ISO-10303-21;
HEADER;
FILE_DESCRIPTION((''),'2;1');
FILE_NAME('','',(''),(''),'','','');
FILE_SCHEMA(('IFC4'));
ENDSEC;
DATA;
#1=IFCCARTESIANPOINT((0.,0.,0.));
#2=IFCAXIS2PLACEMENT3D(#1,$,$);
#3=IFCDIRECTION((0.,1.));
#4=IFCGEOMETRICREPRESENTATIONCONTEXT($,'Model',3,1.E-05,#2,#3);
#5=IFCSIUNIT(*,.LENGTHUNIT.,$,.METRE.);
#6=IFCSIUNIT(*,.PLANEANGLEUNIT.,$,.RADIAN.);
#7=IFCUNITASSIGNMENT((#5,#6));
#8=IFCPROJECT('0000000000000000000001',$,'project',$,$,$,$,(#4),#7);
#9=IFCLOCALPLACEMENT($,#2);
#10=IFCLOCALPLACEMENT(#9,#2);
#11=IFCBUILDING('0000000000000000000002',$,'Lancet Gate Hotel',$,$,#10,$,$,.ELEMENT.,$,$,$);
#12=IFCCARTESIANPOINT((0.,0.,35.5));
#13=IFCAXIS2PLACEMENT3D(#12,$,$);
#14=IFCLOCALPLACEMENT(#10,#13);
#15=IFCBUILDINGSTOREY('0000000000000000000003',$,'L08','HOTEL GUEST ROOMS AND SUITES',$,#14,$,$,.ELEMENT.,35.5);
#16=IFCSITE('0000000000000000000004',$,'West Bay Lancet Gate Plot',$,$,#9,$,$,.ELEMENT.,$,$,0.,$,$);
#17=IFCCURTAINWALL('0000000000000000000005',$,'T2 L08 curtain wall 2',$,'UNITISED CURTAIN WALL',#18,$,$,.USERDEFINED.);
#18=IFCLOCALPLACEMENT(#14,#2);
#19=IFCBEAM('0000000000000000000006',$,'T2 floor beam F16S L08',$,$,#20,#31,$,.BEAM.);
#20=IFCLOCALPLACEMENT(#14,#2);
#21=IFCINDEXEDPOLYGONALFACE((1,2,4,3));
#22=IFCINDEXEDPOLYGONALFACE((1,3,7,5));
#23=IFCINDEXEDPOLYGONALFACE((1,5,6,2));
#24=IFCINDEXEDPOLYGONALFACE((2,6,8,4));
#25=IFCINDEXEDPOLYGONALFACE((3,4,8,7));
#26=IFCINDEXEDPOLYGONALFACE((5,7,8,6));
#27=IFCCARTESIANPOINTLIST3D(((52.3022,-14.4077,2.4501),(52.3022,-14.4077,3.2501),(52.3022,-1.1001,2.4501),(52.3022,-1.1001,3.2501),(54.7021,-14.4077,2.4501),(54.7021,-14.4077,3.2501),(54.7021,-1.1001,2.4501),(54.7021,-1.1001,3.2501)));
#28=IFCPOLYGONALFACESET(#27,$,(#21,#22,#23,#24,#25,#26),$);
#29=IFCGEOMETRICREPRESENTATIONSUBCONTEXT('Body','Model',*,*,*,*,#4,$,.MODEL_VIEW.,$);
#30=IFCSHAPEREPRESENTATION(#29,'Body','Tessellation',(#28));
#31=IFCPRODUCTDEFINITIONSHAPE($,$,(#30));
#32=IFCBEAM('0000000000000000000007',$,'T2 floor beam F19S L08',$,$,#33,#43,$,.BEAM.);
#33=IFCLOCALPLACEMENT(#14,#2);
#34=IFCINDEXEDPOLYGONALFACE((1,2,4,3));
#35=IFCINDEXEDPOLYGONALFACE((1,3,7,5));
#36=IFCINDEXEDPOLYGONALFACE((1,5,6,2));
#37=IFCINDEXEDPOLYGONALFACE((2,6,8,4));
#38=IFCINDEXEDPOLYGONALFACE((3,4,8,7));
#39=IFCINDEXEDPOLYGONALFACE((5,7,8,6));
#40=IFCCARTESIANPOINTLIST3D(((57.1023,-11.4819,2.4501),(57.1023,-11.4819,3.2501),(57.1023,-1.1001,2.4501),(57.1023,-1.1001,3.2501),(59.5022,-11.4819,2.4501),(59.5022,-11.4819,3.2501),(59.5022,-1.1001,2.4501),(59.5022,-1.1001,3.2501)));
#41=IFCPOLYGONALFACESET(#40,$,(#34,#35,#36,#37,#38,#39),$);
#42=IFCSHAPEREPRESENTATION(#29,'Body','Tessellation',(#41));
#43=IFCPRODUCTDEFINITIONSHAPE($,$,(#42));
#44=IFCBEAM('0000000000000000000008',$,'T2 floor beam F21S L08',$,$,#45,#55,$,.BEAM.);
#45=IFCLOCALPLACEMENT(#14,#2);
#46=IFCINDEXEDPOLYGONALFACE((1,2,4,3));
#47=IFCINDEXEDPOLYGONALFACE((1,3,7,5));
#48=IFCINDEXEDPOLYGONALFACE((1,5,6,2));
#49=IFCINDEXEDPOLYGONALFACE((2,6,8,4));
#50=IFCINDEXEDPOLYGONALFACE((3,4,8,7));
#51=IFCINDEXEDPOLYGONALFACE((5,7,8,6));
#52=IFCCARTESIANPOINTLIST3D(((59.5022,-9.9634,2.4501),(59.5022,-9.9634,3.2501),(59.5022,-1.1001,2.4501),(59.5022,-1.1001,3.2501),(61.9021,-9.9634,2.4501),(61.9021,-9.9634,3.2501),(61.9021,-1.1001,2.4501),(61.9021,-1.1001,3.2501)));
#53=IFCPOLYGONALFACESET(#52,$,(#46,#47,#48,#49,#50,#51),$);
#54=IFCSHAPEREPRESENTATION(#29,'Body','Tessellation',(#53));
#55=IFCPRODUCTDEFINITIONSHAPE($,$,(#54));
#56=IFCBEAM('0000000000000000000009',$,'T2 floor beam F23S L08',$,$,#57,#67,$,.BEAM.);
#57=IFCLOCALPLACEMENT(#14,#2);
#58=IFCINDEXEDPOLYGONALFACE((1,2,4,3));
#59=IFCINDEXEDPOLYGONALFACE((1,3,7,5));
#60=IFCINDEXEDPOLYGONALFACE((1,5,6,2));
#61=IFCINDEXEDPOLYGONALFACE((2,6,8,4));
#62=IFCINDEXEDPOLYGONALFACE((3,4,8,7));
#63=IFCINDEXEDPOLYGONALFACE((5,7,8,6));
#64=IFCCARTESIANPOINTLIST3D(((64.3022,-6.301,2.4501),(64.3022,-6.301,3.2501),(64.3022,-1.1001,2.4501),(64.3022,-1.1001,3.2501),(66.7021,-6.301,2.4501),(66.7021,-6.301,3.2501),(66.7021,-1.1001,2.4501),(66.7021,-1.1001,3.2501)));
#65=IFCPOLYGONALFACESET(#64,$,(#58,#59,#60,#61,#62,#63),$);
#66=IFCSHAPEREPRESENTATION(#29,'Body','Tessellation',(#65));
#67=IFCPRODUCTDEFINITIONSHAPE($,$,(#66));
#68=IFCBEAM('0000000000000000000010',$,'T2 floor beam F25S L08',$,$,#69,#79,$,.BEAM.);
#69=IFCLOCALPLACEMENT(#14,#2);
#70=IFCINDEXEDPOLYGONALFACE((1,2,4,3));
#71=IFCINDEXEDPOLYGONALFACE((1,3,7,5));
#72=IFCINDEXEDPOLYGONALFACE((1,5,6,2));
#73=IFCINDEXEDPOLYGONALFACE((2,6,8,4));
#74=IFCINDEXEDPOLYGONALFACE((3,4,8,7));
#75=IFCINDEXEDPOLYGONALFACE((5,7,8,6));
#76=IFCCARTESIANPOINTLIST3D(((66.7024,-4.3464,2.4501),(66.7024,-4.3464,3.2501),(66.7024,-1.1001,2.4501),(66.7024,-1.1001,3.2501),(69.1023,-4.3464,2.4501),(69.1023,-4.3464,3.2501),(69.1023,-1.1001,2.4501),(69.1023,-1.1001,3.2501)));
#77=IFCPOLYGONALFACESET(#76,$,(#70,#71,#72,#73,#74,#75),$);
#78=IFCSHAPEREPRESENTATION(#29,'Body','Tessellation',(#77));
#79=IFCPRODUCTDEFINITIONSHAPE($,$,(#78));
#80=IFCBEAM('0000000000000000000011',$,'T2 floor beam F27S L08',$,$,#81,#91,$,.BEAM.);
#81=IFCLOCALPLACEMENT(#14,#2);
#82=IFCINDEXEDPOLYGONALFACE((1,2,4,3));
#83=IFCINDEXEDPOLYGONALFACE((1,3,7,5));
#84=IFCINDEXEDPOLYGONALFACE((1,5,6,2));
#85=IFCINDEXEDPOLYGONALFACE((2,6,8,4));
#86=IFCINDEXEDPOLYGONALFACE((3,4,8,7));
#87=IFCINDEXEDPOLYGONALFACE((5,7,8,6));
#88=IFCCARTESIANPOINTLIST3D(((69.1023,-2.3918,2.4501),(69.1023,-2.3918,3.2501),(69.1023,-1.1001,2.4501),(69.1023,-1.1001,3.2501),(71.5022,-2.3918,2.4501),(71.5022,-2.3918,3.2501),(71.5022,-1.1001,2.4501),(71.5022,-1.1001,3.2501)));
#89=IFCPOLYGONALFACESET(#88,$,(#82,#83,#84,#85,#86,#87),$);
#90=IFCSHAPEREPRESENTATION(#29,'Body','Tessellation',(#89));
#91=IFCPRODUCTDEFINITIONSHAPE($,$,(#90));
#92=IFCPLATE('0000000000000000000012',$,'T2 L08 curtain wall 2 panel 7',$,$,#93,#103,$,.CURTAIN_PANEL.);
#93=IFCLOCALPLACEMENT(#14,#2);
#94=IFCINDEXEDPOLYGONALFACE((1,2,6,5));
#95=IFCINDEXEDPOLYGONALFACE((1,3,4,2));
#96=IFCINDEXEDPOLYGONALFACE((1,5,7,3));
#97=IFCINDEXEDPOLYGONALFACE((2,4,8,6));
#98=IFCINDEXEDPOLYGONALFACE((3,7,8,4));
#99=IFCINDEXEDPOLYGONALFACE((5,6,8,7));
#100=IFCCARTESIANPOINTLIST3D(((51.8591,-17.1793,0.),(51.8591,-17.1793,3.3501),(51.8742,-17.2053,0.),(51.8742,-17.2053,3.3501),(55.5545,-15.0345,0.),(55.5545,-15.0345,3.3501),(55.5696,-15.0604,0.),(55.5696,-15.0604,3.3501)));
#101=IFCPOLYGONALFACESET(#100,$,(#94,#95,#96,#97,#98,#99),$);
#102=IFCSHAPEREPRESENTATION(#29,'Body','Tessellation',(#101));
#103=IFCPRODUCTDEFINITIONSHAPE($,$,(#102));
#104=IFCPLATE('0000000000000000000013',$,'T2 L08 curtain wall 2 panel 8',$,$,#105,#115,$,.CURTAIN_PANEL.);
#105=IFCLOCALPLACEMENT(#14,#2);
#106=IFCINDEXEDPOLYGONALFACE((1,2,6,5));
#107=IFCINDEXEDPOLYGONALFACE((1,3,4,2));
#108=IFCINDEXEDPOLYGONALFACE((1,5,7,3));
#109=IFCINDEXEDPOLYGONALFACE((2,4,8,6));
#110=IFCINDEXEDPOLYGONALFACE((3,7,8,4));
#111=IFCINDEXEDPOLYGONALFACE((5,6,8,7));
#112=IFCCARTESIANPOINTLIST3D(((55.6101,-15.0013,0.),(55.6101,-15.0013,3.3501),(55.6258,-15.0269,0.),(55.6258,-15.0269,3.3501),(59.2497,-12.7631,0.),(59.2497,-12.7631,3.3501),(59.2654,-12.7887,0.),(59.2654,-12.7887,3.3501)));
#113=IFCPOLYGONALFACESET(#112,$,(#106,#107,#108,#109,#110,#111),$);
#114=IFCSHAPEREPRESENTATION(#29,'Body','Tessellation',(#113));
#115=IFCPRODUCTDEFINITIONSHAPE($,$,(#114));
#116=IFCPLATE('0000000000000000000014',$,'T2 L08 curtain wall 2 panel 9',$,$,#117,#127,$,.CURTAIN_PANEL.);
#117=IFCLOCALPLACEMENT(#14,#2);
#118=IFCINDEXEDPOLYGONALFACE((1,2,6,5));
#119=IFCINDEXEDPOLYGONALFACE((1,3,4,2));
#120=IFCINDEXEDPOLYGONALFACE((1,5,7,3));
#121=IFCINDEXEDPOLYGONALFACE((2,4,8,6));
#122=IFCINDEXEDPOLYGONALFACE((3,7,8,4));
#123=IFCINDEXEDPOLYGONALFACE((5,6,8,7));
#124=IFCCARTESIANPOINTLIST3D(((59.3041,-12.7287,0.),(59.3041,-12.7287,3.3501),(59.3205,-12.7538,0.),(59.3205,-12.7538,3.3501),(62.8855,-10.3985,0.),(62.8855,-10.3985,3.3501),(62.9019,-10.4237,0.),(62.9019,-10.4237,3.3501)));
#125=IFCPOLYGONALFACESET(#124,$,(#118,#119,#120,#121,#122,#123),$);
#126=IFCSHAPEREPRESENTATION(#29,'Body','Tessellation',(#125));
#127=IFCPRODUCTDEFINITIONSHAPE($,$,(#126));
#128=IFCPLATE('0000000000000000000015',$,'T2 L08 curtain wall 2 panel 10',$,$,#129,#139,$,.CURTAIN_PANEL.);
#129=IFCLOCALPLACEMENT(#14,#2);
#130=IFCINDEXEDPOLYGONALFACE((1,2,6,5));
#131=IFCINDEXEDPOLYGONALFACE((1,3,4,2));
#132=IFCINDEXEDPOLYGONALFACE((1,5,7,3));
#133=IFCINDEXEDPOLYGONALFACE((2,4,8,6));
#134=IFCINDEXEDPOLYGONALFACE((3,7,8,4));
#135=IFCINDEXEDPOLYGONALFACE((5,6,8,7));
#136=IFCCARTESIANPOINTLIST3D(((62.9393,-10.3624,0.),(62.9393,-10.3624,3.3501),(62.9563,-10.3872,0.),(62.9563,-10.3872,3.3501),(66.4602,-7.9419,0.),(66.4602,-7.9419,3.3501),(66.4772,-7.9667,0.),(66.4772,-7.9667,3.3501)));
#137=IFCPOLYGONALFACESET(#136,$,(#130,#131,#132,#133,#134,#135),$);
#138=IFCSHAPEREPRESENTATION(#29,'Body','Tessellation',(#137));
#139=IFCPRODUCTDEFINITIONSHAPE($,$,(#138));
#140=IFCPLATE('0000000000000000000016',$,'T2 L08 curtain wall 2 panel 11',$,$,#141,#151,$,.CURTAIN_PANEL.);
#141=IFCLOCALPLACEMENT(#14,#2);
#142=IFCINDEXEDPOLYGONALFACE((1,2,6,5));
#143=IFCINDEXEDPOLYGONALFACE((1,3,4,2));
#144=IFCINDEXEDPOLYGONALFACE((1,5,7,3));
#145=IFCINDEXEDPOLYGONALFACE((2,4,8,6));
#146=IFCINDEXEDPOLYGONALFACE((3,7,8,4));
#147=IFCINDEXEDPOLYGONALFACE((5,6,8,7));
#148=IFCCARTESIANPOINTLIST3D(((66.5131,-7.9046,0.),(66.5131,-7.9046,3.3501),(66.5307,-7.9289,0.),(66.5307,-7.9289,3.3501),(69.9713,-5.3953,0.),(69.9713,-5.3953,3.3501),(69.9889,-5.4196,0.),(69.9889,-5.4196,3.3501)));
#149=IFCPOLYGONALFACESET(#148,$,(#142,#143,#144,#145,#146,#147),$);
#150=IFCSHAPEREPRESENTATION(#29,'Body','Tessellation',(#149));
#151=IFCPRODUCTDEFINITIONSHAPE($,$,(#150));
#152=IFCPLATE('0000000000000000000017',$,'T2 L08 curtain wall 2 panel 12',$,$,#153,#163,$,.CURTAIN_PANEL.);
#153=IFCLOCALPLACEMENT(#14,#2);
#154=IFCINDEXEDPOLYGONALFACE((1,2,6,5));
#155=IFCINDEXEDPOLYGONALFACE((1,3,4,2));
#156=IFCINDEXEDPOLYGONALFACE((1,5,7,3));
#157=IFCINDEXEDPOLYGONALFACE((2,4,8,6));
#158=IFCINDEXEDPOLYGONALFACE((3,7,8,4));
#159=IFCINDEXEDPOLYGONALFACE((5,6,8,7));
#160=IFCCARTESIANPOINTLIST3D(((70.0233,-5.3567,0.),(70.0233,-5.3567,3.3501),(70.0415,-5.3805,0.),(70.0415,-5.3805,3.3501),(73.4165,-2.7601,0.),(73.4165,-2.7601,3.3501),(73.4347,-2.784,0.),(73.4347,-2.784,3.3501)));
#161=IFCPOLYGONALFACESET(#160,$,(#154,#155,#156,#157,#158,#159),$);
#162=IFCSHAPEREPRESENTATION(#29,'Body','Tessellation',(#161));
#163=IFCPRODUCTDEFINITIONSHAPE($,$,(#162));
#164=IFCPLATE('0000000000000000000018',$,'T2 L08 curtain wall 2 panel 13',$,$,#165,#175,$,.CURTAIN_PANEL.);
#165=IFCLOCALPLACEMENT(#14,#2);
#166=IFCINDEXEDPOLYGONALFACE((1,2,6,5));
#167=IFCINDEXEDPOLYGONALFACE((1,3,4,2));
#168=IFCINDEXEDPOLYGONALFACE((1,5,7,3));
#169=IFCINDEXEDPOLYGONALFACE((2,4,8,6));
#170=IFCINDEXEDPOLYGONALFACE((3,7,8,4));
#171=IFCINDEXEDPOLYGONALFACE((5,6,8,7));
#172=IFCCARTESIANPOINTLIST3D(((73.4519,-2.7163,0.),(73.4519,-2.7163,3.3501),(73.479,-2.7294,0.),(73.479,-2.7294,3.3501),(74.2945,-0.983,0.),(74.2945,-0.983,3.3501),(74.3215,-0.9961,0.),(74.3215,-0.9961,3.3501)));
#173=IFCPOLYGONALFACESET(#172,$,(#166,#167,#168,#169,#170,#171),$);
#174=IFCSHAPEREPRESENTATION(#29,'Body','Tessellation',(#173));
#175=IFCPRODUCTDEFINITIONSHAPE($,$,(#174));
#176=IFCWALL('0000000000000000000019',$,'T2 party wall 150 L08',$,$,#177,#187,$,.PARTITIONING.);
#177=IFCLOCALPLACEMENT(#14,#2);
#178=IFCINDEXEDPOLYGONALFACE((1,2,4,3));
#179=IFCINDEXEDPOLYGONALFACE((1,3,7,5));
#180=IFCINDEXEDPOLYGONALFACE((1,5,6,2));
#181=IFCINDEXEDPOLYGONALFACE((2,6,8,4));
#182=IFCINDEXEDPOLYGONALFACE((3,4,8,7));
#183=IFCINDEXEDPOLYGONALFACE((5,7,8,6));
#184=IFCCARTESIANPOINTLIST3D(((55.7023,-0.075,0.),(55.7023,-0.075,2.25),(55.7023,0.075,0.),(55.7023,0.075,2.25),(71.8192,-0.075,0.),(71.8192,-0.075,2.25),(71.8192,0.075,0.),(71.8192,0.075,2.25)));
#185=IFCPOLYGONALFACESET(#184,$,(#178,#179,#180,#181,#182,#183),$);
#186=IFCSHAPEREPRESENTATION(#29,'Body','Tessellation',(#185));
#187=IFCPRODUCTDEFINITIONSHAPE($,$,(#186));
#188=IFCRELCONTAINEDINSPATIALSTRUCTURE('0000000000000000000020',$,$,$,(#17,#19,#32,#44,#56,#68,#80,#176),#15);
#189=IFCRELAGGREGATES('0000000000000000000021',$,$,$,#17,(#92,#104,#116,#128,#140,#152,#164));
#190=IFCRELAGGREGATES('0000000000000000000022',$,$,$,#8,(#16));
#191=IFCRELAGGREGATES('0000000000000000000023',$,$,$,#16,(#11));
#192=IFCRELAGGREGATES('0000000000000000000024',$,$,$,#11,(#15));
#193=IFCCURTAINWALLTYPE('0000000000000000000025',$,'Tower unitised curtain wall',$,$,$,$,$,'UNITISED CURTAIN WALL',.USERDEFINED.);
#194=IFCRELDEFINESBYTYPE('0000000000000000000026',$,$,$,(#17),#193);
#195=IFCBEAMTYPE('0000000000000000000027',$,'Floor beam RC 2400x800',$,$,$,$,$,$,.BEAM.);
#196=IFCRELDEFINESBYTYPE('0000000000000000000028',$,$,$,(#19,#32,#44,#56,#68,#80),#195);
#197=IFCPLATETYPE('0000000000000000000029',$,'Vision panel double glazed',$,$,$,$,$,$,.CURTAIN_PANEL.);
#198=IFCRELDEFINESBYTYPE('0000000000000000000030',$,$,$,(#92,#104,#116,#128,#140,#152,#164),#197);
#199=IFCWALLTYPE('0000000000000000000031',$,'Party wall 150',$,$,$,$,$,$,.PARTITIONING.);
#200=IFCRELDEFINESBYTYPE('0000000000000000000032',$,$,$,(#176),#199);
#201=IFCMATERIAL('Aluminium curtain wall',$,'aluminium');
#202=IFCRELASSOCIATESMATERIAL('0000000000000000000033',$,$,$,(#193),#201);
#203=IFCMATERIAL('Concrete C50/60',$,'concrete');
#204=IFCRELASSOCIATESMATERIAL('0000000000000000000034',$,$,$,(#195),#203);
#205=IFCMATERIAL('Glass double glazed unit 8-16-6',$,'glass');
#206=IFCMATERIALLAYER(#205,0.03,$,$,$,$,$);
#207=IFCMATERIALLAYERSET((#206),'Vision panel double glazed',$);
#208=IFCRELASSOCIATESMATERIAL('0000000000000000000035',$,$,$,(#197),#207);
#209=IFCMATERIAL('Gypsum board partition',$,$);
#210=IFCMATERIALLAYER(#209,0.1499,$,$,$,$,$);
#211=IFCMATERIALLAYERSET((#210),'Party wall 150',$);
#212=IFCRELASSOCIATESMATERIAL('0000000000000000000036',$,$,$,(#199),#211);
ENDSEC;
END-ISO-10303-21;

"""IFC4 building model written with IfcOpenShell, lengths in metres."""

from ifc_helpers import new_model, si_unit, direction, frame, frame_2d, origin, origin_2d, place, context, subcontext, project, spatial, rectangle, extrude, material, layer, layer_set, material_profile, profile_set, type_object, element, aggregate, save


model = new_model("IFC4")

# Units and contexts
model_context = context("Model", 3, precision=1e-05, world=origin(), true_north=direction((0.0, 1.0)))
body_context = subcontext(model_context, "Body", "Model", "MODEL_VIEW")
ifc_project = project(units=[si_unit("LENGTHUNIT", "METRE"), si_unit("PLANEANGLEUNIT", "RADIAN")], contexts=[model_context])

# Site, building, storey
site_placement = place(None, origin())
site = spatial("IfcSite", under=ifc_project, at=site_placement, Name="West Bay Lancet Gate Plot", CompositionType="ELEMENT", RefElevation=0.0)
building_placement = place(site_placement, origin())
building = spatial("IfcBuilding", under=site, at=building_placement, Name="Lancet Gate Hotel", CompositionType="ELEMENT")
storey_placement = place(building_placement, frame((0.0, 0.0, 35.5)))
storey = spatial("IfcBuildingStorey", under=building, at=storey_placement, Name="L08", Description="HOTEL GUEST ROOMS AND SUITES", CompositionType="ELEMENT", Elevation=35.5)

# Curtain wall
ifc_material_1 = material(Name="Aluminium curtain wall", Category="aluminium")
curtain_wall_type = type_object("IfcCurtainWallType", Name="Tower unitised curtain wall", ElementType="UNITISED CURTAIN WALL", PredefinedType="USERDEFINED", material=ifc_material_1)
curtain_wall_placement = place(storey_placement, origin())
curtain_wall = element("IfcCurtainWall", 1, at=curtain_wall_placement, inside=storey, type_object=curtain_wall_type, Name="T2 L08 curtain wall 2", ObjectType="UNITISED CURTAIN WALL", PredefinedType="USERDEFINED")

# Beams
ifc_material_2 = material(Name="Concrete C50/60", Category="concrete")
ifc_material_profile_1 = material_profile(ifc_material_2, rectangle(XDim=2.3999, YDim=0.8, at=origin_2d()), Name="RC 2400x800")
ifc_profile_set_1 = profile_set([ifc_material_profile_1], Name="Concrete C50/60")
beam_type_1 = type_object("IfcBeamType", Name="Floor beam RC 2400x800", PredefinedType="BEAM", material=ifc_profile_set_1)
beam_1_placement = place(storey_placement, frame((53.5022, -14.4077, 2.8501), z_axis=(0.0, 1.0, 0.0), x_axis=(-1.0, 0.0, 0.0)))
element("IfcBeam", 2, at=beam_1_placement, inside=storey, type_object=beam_type_1, Name="T2 floor beam F16S L08", PredefinedType="BEAM", context=body_context, shape_type="SweptSolid", body=[
    extrude(rectangle(XDim=2.3999, YDim=0.8, at=origin_2d()), origin(), (0.0, 0.0, 1.0), 13.3076),
])
beam_2_placement = place(storey_placement, frame((58.3022, -11.4819, 2.8501), z_axis=(0.0, 1.0, 0.0), x_axis=(-1.0, 0.0, 0.0)))
element("IfcBeam", 3, at=beam_2_placement, inside=storey, type_object=beam_type_1, Name="T2 floor beam F19S L08", PredefinedType="BEAM", context=body_context, shape_type="SweptSolid", body=[
    extrude(rectangle(XDim=2.3999, YDim=0.8, at=origin_2d()), origin(), (0.0, 0.0, 1.0), 10.3818),
])
beam_3_placement = place(storey_placement, frame((60.7021, -9.9634, 2.8501), z_axis=(0.0, 1.0, 0.0), x_axis=(-1.0, 0.0, 0.0)))
element("IfcBeam", 4, at=beam_3_placement, inside=storey, type_object=beam_type_1, Name="T2 floor beam F21S L08", PredefinedType="BEAM", context=body_context, shape_type="SweptSolid", body=[
    extrude(rectangle(XDim=2.3999, YDim=0.8, at=origin_2d()), origin(), (0.0, 0.0, 1.0), 8.8633),
])
beam_4_placement = place(storey_placement, frame((65.5022, -6.301, 2.8501), z_axis=(0.0, 1.0, 0.0), x_axis=(-1.0, 0.0, 0.0)))
element("IfcBeam", 5, at=beam_4_placement, inside=storey, type_object=beam_type_1, Name="T2 floor beam F23S L08", PredefinedType="BEAM", context=body_context, shape_type="SweptSolid", body=[
    extrude(rectangle(XDim=2.3999, YDim=0.8, at=origin_2d()), origin(), (0.0, 0.0, 1.0), 5.2009),
])
beam_5_placement = place(storey_placement, frame((67.9023, -4.3464, 2.8501), z_axis=(0.0, 1.0, 0.0), x_axis=(-1.0, 0.0, 0.0)))
element("IfcBeam", 6, at=beam_5_placement, inside=storey, type_object=beam_type_1, Name="T2 floor beam F25S L08", PredefinedType="BEAM", context=body_context, shape_type="SweptSolid", body=[
    extrude(rectangle(XDim=2.3999, YDim=0.8, at=origin_2d()), origin(), (0.0, 0.0, 1.0), 3.2463),
])
beam_6_placement = place(storey_placement, frame((70.3022, -2.3918, 2.8501), z_axis=(0.0, 1.0, 0.0), x_axis=(-1.0, 0.0, 0.0)))
element("IfcBeam", 7, at=beam_6_placement, inside=storey, type_object=beam_type_1, Name="T2 floor beam F27S L08", PredefinedType="BEAM", context=body_context, shape_type="SweptSolid", body=[
    extrude(rectangle(XDim=2.3999, YDim=0.8, at=origin_2d()), origin(), (0.0, 0.0, 1.0), 1.2917),
])

# Plates
ifc_material_3 = material(Name="Glass double glazed unit 8-16-6", Category="glass")
ifc_layer_1 = layer(ifc_material_3, 0.03)
ifc_layer_set_1 = layer_set([ifc_layer_1], Name="Vision panel double glazed")
plate_type = type_object("IfcPlateType", Name="Vision panel double glazed", PredefinedType="CURTAIN_PANEL", material=ifc_layer_set_1)
plate_1_placement = place(storey_placement, frame((53.7144, -16.1199, 0.0), z_axis=(0.0, 0.0, 1.0), x_axis=(0.864872, 0.501993, 0.0)))
plate_1 = element("IfcPlate", 8, at=plate_1_placement, type_object=plate_type, Name="T2 L08 curtain wall 2 panel 7", PredefinedType="CURTAIN_PANEL", context=body_context, shape_type="SweptSolid", body=[
    extrude(rectangle(XDim=4.2727, YDim=0.03, at=origin_2d()), origin(), (0.0, 0.0, 1.0), 3.3501),
])
plate_2_placement = place(storey_placement, frame((57.4377, -13.895, 0.0), z_axis=(0.0, 0.0, 1.0), x_axis=(0.851815, 0.523842, 0.0)))
plate_2 = element("IfcPlate", 9, at=plate_2_placement, type_object=plate_type, Name="T2 L08 curtain wall 2 panel 8", PredefinedType="CURTAIN_PANEL", context=body_context, shape_type="SweptSolid", body=[
    extrude(rectangle(XDim=4.2727, YDim=0.03, at=origin_2d()), origin(), (0.0, 0.0, 1.0), 3.3501),
])
plate_3_placement = place(storey_placement, frame((61.103, -11.5762, 0.0), z_axis=(0.0, 0.0, 1.0), x_axis=(0.838207, 0.545353, 0.0)))
plate_3 = element("IfcPlate", 10, at=plate_3_placement, type_object=plate_type, Name="T2 L08 curtain wall 2 panel 9", PredefinedType="CURTAIN_PANEL", context=body_context, shape_type="SweptSolid", body=[
    extrude(rectangle(XDim=4.2727, YDim=0.03, at=origin_2d()), origin(), (0.0, 0.0, 1.0), 3.3501),
])
plate_4_placement = place(storey_placement, frame((64.7083, -9.1646, 0.0), z_axis=(0.0, 0.0, 1.0), x_axis=(0.824055, 0.566509, 0.0)))
plate_4 = element("IfcPlate", 11, at=plate_4_placement, type_object=plate_type, Name="T2 L08 curtain wall 2 panel 10", PredefinedType="CURTAIN_PANEL", context=body_context, shape_type="SweptSolid", body=[
    extrude(rectangle(XDim=4.2727, YDim=0.03, at=origin_2d()), origin(), (0.0, 0.0, 1.0), 3.3501),
])
plate_5_placement = place(storey_placement, frame((68.251, -6.6621, 0.0), z_axis=(0.0, 0.0, 1.0), x_axis=(0.80937, 0.587299, 0.0)))
plate_5 = element("IfcPlate", 12, at=plate_5_placement, type_object=plate_type, Name="T2 L08 curtain wall 2 panel 11", PredefinedType="CURTAIN_PANEL", context=body_context, shape_type="SweptSolid", body=[
    extrude(rectangle(XDim=4.2727, YDim=0.03, at=origin_2d()), origin(), (0.0, 0.0, 1.0), 3.3501),
])
plate_6_placement = place(storey_placement, frame((71.729, -4.0703, 0.0), z_axis=(0.0, 0.0, 1.0), x_axis=(0.79416, 0.607709, 0.0)))
plate_6 = element("IfcPlate", 13, at=plate_6_placement, type_object=plate_type, Name="T2 L08 curtain wall 2 panel 12", PredefinedType="CURTAIN_PANEL", context=body_context, shape_type="SweptSolid", body=[
    extrude(rectangle(XDim=4.2727, YDim=0.03, at=origin_2d()), origin(), (0.0, 0.0, 1.0), 3.3501),
])
plate_7_placement = place(storey_placement, frame((73.8867, -1.8562, 0.0), z_axis=(0.0, 0.0, 1.0), x_axis=(0.437169, 0.899379, 0.0)))
plate_7 = element("IfcPlate", 14, at=plate_7_placement, type_object=plate_type, Name="T2 L08 curtain wall 2 panel 13", PredefinedType="CURTAIN_PANEL", context=body_context, shape_type="SweptSolid", body=[
    extrude(rectangle(XDim=1.9272, YDim=0.03, at=origin_2d()), origin(), (0.0, 0.0, 1.0), 3.3501),
])
aggregate(curtain_wall, [plate_1, plate_2, plate_3, plate_4, plate_5, plate_6, plate_7])

# Wall
ifc_material_4 = material(Name="Gypsum board partition")
ifc_layer_2 = layer(ifc_material_4, 0.1499)
ifc_layer_set_2 = layer_set([ifc_layer_2], Name="Party wall 150")
wall_type = type_object("IfcWallType", Name="Party wall 150", PredefinedType="PARTITIONING", material=ifc_layer_set_2)
wall_placement = place(storey_placement, frame((55.7021, 0.0, 0.0), z_axis=(0.0, 0.0, 1.0), x_axis=(1.0, 0.0, 0.0)))
element("IfcWall", 15, at=wall_placement, inside=storey, type_object=wall_type, Name="T2 party wall 150 L08", PredefinedType="PARTITIONING", context=body_context, shape_type="SweptSolid", body=[
    extrude(rectangle(XDim=16.1169, YDim=0.1499, at=frame_2d((8.0586, 0.0))), origin(), (0.0, 0.0, 1.0), 2.25),
])

save(model, "model.ifc")
